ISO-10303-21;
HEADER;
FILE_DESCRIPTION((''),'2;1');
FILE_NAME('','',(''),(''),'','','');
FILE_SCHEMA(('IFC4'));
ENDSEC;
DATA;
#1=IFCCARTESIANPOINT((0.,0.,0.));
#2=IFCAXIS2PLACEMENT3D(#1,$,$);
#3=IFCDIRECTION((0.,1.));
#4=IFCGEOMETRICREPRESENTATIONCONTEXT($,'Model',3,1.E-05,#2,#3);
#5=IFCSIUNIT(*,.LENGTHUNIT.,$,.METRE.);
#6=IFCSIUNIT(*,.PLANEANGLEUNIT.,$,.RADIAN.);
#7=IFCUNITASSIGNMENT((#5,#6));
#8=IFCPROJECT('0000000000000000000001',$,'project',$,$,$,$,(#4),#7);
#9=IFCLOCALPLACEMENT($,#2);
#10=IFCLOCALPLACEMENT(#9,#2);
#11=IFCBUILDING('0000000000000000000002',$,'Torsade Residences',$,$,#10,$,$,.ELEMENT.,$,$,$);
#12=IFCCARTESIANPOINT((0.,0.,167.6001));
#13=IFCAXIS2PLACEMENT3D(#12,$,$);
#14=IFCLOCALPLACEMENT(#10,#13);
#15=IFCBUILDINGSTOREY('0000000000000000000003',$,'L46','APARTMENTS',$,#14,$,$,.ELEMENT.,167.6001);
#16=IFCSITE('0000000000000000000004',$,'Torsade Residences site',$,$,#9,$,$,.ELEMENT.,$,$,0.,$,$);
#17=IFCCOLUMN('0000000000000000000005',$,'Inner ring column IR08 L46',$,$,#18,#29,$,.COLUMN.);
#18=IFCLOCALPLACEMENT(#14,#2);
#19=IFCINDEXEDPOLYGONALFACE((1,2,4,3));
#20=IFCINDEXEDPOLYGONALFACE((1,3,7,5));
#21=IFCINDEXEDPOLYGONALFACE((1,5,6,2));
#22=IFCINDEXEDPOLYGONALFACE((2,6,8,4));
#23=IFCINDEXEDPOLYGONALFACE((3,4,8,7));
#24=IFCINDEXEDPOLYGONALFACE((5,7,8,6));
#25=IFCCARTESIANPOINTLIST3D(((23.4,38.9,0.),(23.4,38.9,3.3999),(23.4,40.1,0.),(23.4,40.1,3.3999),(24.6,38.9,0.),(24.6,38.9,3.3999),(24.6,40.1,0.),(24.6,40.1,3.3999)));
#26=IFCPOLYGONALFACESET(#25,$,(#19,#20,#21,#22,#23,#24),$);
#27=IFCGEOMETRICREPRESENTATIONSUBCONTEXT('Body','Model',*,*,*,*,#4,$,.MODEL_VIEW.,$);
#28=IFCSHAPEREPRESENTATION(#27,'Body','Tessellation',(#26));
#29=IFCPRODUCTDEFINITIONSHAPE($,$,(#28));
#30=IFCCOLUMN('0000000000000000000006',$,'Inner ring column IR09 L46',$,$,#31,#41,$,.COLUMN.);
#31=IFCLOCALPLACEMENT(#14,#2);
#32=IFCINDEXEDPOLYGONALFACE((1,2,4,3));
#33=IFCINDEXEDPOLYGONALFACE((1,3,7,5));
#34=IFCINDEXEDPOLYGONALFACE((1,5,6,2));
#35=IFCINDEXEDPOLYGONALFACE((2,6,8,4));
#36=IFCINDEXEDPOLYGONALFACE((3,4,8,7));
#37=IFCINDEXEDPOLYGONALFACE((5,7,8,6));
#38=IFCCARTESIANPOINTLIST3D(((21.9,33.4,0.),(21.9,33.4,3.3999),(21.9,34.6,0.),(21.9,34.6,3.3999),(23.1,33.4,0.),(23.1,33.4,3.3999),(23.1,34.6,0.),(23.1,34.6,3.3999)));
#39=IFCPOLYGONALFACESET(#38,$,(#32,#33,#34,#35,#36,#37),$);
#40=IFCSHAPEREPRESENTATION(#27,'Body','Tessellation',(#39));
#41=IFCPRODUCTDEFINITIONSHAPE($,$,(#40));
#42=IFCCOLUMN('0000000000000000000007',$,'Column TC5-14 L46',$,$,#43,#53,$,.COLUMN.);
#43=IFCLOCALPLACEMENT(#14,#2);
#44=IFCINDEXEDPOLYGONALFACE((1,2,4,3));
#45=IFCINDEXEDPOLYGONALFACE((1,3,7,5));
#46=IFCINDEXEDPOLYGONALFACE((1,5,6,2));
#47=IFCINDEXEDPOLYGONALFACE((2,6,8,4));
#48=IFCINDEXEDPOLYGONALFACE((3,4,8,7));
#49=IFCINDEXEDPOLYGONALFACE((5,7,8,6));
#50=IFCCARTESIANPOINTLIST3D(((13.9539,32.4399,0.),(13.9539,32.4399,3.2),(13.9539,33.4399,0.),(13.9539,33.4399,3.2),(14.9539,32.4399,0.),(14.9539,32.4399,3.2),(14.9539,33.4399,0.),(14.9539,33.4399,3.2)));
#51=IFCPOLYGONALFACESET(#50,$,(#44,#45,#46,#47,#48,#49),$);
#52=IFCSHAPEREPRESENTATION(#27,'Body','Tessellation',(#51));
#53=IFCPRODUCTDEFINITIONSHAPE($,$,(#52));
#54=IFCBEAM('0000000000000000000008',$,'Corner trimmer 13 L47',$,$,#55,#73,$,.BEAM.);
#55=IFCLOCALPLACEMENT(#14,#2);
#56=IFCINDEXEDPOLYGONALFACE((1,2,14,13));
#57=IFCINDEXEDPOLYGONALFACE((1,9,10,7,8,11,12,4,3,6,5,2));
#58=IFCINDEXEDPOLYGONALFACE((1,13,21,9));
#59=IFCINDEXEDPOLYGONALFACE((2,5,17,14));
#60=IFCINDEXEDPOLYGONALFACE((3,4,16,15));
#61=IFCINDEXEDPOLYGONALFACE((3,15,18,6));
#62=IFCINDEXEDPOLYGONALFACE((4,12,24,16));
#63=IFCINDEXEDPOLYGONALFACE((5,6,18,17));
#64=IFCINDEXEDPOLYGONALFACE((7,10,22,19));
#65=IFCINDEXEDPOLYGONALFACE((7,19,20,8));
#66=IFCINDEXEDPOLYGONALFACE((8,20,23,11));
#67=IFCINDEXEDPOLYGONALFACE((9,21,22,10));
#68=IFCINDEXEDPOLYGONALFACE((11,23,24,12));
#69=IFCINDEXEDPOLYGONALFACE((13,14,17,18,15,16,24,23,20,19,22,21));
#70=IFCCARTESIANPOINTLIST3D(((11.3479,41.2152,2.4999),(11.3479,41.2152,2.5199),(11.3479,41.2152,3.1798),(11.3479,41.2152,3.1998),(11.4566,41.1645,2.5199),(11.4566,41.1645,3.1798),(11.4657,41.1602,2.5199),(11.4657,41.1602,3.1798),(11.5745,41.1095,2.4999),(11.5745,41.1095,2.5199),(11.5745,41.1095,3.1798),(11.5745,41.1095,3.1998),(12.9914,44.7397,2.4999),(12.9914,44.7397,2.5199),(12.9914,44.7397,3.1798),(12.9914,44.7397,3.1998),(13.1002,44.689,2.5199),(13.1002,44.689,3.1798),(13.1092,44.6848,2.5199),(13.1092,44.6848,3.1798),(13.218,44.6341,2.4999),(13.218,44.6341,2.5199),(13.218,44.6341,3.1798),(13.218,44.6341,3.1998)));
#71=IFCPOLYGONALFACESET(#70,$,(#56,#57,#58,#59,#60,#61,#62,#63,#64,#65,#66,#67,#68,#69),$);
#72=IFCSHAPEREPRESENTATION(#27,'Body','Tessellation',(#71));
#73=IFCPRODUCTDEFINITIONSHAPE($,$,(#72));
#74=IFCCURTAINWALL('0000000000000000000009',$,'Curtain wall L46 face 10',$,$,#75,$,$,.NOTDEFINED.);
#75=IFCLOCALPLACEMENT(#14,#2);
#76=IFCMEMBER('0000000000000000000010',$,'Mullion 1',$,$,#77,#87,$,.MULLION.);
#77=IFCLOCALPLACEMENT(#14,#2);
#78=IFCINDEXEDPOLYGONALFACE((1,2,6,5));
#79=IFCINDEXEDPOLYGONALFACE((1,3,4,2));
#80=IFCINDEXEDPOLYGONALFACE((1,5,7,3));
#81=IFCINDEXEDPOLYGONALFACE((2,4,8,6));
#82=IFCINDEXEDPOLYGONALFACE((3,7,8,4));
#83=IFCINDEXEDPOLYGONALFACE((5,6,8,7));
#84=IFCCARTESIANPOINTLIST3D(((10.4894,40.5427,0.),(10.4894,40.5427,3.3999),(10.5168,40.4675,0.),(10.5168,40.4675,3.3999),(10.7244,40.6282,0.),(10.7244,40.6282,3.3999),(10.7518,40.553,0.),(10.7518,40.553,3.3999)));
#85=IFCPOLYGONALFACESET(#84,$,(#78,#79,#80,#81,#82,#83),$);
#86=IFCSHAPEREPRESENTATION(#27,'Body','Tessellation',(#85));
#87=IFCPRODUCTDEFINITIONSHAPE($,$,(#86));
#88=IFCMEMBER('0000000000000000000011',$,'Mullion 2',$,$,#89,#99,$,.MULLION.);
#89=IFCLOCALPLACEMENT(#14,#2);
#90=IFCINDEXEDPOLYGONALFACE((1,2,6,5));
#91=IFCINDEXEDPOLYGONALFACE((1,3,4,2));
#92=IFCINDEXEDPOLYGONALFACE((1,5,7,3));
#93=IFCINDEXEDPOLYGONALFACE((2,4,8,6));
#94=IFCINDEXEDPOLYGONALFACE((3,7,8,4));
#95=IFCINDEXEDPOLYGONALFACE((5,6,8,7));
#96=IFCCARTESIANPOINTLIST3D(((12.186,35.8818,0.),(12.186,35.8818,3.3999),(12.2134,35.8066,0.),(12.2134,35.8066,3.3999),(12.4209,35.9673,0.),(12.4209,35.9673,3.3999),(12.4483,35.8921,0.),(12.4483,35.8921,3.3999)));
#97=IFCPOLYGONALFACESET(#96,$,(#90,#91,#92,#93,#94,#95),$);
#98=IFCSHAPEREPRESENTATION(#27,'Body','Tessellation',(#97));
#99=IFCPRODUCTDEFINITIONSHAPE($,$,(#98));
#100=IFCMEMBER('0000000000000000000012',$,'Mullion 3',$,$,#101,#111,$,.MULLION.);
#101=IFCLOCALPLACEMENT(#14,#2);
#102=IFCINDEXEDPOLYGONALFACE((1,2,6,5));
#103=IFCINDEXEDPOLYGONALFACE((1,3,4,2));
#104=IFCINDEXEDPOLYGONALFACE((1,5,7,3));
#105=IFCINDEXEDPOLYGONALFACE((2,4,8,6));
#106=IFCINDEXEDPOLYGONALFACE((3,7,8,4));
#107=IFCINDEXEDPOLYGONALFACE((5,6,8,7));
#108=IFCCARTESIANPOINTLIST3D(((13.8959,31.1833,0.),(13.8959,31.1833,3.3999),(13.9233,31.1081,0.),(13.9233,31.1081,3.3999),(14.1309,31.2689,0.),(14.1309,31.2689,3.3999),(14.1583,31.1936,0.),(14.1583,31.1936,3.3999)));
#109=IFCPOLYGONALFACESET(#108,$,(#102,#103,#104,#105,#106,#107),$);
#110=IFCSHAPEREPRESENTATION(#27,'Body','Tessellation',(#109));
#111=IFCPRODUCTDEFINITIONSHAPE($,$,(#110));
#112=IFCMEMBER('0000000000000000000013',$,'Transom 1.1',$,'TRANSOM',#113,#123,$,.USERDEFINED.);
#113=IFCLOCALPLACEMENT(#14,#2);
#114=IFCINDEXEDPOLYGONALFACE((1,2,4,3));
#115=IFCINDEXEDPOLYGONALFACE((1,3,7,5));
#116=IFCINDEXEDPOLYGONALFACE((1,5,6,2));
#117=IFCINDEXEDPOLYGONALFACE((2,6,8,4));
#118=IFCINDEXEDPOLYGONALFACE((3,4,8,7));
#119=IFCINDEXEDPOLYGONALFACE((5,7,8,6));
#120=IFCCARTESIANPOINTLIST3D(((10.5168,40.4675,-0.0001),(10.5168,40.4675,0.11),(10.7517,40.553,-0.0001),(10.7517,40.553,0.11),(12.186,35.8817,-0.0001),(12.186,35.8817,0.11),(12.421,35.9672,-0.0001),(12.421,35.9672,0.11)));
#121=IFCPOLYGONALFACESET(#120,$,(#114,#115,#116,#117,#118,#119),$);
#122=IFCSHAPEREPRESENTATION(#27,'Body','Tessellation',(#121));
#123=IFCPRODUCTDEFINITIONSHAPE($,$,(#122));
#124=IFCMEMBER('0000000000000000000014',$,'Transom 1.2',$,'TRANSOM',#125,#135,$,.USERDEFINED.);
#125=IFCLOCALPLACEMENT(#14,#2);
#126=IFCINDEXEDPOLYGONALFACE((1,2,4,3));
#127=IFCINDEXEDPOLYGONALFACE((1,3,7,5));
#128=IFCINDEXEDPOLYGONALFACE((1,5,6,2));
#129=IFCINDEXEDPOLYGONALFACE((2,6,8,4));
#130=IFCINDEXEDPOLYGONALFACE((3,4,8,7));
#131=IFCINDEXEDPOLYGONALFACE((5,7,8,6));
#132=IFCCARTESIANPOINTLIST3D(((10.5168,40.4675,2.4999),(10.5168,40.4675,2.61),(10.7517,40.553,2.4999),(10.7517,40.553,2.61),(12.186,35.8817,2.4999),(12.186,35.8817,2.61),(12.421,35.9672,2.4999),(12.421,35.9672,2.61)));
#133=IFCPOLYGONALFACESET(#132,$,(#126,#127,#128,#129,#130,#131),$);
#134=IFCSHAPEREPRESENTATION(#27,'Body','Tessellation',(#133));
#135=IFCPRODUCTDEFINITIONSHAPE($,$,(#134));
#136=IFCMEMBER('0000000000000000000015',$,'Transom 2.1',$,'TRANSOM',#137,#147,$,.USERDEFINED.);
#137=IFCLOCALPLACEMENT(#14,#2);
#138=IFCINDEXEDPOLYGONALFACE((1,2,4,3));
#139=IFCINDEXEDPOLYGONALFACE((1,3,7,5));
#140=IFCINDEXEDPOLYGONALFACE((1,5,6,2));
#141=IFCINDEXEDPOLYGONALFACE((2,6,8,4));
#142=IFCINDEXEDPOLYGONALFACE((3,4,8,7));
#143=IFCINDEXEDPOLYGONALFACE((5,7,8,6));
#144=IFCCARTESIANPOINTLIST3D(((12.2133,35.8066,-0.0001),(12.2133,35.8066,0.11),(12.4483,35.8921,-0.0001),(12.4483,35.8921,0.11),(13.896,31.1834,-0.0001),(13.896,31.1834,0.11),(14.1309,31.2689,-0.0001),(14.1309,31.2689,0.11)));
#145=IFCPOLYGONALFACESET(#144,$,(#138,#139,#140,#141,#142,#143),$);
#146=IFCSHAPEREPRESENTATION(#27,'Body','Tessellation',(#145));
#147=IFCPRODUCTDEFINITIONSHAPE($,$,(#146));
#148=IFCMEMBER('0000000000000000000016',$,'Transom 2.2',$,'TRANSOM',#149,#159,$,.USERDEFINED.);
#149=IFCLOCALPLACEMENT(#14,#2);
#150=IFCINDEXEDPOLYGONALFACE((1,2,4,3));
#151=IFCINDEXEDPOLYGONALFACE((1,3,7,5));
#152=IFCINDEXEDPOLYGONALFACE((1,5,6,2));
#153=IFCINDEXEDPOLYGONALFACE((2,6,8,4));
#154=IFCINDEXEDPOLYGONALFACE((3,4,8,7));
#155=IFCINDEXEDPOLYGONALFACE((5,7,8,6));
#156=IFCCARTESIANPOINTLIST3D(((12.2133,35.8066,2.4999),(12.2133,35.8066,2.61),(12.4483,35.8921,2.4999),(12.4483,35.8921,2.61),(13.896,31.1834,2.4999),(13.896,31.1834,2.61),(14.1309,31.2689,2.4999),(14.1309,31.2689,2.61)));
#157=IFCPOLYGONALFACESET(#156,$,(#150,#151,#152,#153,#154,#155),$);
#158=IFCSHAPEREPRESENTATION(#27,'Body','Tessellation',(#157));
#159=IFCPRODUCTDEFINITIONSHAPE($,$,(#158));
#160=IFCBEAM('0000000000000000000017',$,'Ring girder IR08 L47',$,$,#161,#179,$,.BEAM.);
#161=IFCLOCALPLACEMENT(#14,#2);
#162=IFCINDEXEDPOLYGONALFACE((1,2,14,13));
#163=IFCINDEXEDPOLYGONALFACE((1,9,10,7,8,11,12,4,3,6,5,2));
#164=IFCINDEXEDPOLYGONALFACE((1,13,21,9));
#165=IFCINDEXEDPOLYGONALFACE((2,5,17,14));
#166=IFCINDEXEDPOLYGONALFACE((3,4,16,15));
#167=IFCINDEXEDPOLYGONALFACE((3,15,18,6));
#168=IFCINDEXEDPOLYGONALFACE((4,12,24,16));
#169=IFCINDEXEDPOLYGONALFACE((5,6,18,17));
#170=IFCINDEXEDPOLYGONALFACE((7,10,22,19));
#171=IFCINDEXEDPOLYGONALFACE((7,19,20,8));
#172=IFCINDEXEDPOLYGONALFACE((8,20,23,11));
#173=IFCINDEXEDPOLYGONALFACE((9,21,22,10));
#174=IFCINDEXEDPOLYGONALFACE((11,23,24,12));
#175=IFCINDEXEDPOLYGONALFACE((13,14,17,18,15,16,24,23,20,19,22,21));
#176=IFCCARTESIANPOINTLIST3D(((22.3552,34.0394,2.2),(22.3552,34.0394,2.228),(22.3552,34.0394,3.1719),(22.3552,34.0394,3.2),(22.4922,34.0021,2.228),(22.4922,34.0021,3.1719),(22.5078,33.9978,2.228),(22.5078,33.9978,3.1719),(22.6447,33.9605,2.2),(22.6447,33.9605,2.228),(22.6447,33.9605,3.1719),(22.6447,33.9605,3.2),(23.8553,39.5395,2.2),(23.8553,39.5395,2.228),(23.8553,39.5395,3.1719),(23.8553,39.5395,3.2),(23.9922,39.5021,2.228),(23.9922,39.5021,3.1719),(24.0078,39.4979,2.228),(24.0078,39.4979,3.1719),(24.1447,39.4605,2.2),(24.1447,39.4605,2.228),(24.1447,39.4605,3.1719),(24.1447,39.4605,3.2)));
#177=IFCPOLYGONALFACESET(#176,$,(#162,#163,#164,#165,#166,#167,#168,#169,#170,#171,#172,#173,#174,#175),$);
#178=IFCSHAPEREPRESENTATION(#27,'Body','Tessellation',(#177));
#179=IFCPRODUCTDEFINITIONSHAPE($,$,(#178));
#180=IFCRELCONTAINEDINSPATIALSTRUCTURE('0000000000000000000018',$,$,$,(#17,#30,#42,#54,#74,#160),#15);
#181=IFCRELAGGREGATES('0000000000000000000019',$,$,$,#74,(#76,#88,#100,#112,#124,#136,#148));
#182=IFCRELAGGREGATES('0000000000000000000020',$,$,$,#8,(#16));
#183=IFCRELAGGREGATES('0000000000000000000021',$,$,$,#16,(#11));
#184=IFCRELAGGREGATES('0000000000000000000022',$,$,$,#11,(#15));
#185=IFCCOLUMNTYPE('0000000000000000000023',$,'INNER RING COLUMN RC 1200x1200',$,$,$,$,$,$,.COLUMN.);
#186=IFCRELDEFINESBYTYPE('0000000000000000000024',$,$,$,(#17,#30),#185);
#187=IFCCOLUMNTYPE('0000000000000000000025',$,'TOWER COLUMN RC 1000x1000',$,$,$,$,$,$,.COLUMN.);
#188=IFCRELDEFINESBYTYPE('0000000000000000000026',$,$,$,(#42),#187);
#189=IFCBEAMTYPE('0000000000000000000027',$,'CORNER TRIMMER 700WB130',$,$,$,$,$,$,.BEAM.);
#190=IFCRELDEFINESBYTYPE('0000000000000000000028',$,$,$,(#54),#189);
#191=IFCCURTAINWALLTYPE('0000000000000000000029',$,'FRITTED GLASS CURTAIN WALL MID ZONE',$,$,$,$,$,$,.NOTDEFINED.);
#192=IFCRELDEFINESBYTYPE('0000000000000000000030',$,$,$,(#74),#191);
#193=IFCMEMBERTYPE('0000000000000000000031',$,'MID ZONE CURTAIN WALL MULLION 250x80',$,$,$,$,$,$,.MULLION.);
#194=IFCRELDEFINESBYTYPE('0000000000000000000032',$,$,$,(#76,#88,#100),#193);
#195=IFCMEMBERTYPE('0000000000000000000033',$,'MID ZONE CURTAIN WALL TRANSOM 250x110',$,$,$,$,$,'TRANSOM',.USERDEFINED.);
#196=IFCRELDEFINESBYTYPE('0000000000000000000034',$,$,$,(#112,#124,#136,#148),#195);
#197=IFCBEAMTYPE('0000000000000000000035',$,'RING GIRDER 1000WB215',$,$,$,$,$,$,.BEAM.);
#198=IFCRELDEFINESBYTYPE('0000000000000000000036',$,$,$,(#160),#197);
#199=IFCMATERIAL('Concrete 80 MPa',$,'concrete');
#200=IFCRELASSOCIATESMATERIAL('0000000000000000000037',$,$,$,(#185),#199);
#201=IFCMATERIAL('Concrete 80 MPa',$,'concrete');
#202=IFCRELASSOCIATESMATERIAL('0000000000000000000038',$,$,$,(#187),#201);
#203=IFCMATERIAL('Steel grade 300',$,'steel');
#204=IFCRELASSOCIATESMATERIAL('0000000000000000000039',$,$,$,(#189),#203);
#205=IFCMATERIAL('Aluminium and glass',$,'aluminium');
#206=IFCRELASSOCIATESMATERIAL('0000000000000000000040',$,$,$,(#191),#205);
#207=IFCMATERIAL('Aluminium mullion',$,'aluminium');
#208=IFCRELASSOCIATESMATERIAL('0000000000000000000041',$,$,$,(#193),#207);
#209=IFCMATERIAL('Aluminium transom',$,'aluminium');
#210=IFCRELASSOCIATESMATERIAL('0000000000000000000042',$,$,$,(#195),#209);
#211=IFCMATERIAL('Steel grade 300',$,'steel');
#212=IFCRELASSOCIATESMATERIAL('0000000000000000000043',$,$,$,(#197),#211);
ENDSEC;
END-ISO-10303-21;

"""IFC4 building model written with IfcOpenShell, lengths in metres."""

from ifc_helpers import new_model, si_unit, direction, frame, origin, origin_2d, place, context, subcontext, project, spatial, rectangle, i_section, extrude, material, material_profile, profile_set, type_object, element, aggregate, save


model = new_model("IFC4")

# Units and contexts
model_context = context("Model", 3, precision=1e-05, world=origin(), true_north=direction((0.0, 1.0)))
body_context = subcontext(model_context, "Body", "Model", "MODEL_VIEW")
ifc_project = project(units=[si_unit("LENGTHUNIT", "METRE"), si_unit("PLANEANGLEUNIT", "RADIAN")], contexts=[model_context])

# Site, building, storey
site_placement = place(None, origin())
site = spatial("IfcSite", under=ifc_project, at=site_placement, Name="Torsade Residences site", CompositionType="ELEMENT", RefElevation=0.0)
building_placement = place(site_placement, origin())
building = spatial("IfcBuilding", under=site, at=building_placement, Name="Torsade Residences", CompositionType="ELEMENT")
storey_placement = place(building_placement, frame((0.0, 0.0, 167.6001)))
storey = spatial("IfcBuildingStorey", under=building, at=storey_placement, Name="L46", Description="APARTMENTS", CompositionType="ELEMENT", Elevation=167.6001)

# Columns
ifc_material_1 = material(Name="Concrete 80 MPa", Category="concrete")
ifc_material_profile_1 = material_profile(ifc_material_1, rectangle(XDim=1.2, YDim=1.2, at=origin_2d()), Name="RC 1200x1200")
ifc_profile_set_1 = profile_set([ifc_material_profile_1], Name="Concrete 80 MPa")
column_type_1 = type_object("IfcColumnType", Name="INNER RING COLUMN RC 1200x1200", PredefinedType="COLUMN", material=ifc_profile_set_1)
for number, where, z_axis, x_axis, name in (
    (1, (24.0, 39.5, 0.0), (0.0, 0.0, 1.0), (1.0, 0.0, 0.0), "Inner ring column IR08 L46"),
    (2, (22.5, 34.0, 0.0), (0.0, 0.0, 1.0), (1.0, 0.0, 0.0), "Inner ring column IR09 L46"),
):
    element("IfcColumn", number, at=place(storey_placement, frame(where, z_axis=z_axis, x_axis=x_axis)), inside=storey, type_object=column_type_1, Name=name, PredefinedType="COLUMN", context=body_context, shape_type="SweptSolid", body=[
        extrude(rectangle(XDim=1.2, YDim=1.2, at=origin_2d()), origin(), (0.0, 0.0, 1.0), 3.3999),
    ])
ifc_material_2 = material(Name="Concrete 80 MPa", Category="concrete")
ifc_material_profile_2 = material_profile(ifc_material_2, rectangle(XDim=1.0, YDim=1.0, at=origin_2d()), Name="RC 1000x1000")
ifc_profile_set_2 = profile_set([ifc_material_profile_2], Name="Concrete 80 MPa")
column_type_2 = type_object("IfcColumnType", Name="TOWER COLUMN RC 1000x1000", PredefinedType="COLUMN", material=ifc_profile_set_2)
column_placement = place(storey_placement, frame((14.4539, 32.9399, 0.0), z_axis=(0.0, 0.0, 1.0), x_axis=(1.0, 0.0, 0.0)))
element("IfcColumn", 3, at=column_placement, inside=storey, type_object=column_type_2, Name="Column TC5-14 L46", PredefinedType="COLUMN", context=body_context, shape_type="SweptSolid", body=[
    extrude(rectangle(XDim=1.0, YDim=1.0, at=origin_2d()), origin(), (0.0, 0.0, 1.0), 3.2),
])

# Beam
ifc_material_3 = material(Name="Steel grade 300", Category="steel")
ifc_material_profile_3 = material_profile(ifc_material_3, i_section(OverallWidth=0.25, OverallDepth=0.7, WebThickness=0.01, FlangeThickness=0.02, at=origin_2d()), Name="700WB130")
ifc_profile_set_3 = profile_set([ifc_material_profile_3], Name="Steel grade 300")
beam_type_1 = type_object("IfcBeamType", Name="CORNER TRIMMER 700WB130", PredefinedType="BEAM", material=ifc_profile_set_3)
beam_1_placement = place(storey_placement, frame((11.4612, 41.1624, 2.8499), z_axis=(0.422614, 0.90631, 0.0), x_axis=(-0.90631, 0.422614, 0.0)))
element("IfcBeam", 4, at=beam_1_placement, inside=storey, type_object=beam_type_1, Name="Corner trimmer 13 L47", PredefinedType="BEAM", context=body_context, shape_type="SweptSolid", body=[
    extrude(i_section(OverallWidth=0.25, OverallDepth=0.7, WebThickness=0.01, FlangeThickness=0.02, at=origin_2d()), origin(), (0.0, 0.0, 1.0), 3.8889),
])

# Curtain wall, members
ifc_material_4 = material(Name="Aluminium and glass", Category="aluminium")
curtain_wall_type = type_object("IfcCurtainWallType", Name="FRITTED GLASS CURTAIN WALL MID ZONE", PredefinedType="NOTDEFINED", material=ifc_material_4)
curtain_wall_placement = place(storey_placement, origin())
curtain_wall = element("IfcCurtainWall", 5, at=curtain_wall_placement, inside=storey, type_object=curtain_wall_type, Name="Curtain wall L46 face 10", PredefinedType="NOTDEFINED")
ifc_material_5 = material(Name="Aluminium mullion", Category="aluminium")
ifc_material_profile_4 = material_profile(ifc_material_5, rectangle(XDim=0.25, YDim=0.0801, at=origin_2d()), Name="MID ZONE CURTAIN WALL MULLION 250x80")
ifc_profile_set_4 = profile_set([ifc_material_profile_4], Name="Aluminium mullion")
member_type_1 = type_object("IfcMemberType", Name="MID ZONE CURTAIN WALL MULLION 250x80", PredefinedType="MULLION", material=ifc_profile_set_4)
member_1_placement = place(storey_placement, frame((10.6206, 40.5479, 0.0), z_axis=(0.0, 0.0, 1.0), x_axis=(0.939693, 0.34202, 0.0)))
member_1 = element("IfcMember", 6, at=member_1_placement, type_object=member_type_1, Name="Mullion 1", PredefinedType="MULLION", context=body_context, shape_type="SweptSolid", body=[
    extrude(rectangle(XDim=0.25, YDim=0.0801, at=origin_2d()), origin(), (0.0, 0.0, 1.0), 3.3999),
])
member_2_placement = place(storey_placement, frame((12.3171, 35.887, 0.0), z_axis=(0.0, 0.0, 1.0), x_axis=(0.939693, 0.34202, 0.0)))
member_2 = element("IfcMember", 7, at=member_2_placement, type_object=member_type_1, Name="Mullion 2", PredefinedType="MULLION", context=body_context, shape_type="SweptSolid", body=[
    extrude(rectangle(XDim=0.25, YDim=0.0801, at=origin_2d()), origin(), (0.0, 0.0, 1.0), 3.3999),
])
member_3_placement = place(storey_placement, frame((14.0271, 31.1885, 0.0), z_axis=(0.0, 0.0, 1.0), x_axis=(0.939693, 0.34202, 0.0)))
member_3 = element("IfcMember", 8, at=member_3_placement, type_object=member_type_1, Name="Mullion 3", PredefinedType="MULLION", context=body_context, shape_type="SweptSolid", body=[
    extrude(rectangle(XDim=0.25, YDim=0.0801, at=origin_2d()), origin(), (0.0, 0.0, 1.0), 3.3999),
])
ifc_material_6 = material(Name="Aluminium transom", Category="aluminium")
ifc_material_profile_5 = material_profile(ifc_material_6, rectangle(XDim=0.25, YDim=0.1101, at=origin_2d()), Name="MID ZONE CURTAIN WALL TRANSOM 250x110")
ifc_profile_set_5 = profile_set([ifc_material_profile_5], Name="Aluminium transom")
member_type_2 = type_object("IfcMemberType", Name="MID ZONE CURTAIN WALL TRANSOM 250x110", ElementType="TRANSOM", PredefinedType="USERDEFINED", material=ifc_profile_set_5)
member_4_placement = place(storey_placement, frame((10.6343, 40.5103, 0.0549), z_axis=(0.342044, -0.939684, 0.0), x_axis=(0.939684, 0.342044, 0.0)))
member_4 = element("IfcMember", 9, at=member_4_placement, type_object=member_type_2, Name="Transom 1.1", ObjectType="TRANSOM", PredefinedType="USERDEFINED", context=body_context, shape_type="SweptSolid", body=[
    extrude(rectangle(XDim=0.25, YDim=0.1101, at=origin_2d()), origin(), (0.0, 0.0, 1.0), 4.8801),
])
member_5_placement = place(storey_placement, frame((10.6343, 40.5103, 2.5549), z_axis=(0.342044, -0.939684, 0.0), x_axis=(0.939684, 0.342044, 0.0)))
member_5 = element("IfcMember", 10, at=member_5_placement, type_object=member_type_2, Name="Transom 1.2", ObjectType="TRANSOM", PredefinedType="USERDEFINED", context=body_context, shape_type="SweptSolid", body=[
    extrude(rectangle(XDim=0.25, YDim=0.1101, at=origin_2d()), origin(), (0.0, 0.0, 1.0), 4.8801),
])
member_6_placement = place(storey_placement, frame((12.3308, 35.8494, 0.0549), z_axis=(0.341998, -0.939701, 0.0), x_axis=(0.939701, 0.341998, 0.0)))
member_6 = element("IfcMember", 11, at=member_6_placement, type_object=member_type_2, Name="Transom 2.1", ObjectType="TRANSOM", PredefinedType="USERDEFINED", context=body_context, shape_type="SweptSolid", body=[
    extrude(rectangle(XDim=0.25, YDim=0.1101, at=origin_2d()), origin(), (0.0, 0.0, 1.0), 4.9199),
])
member_7_placement = place(storey_placement, frame((12.3308, 35.8494, 2.5549), z_axis=(0.341998, -0.939701, 0.0), x_axis=(0.939701, 0.341998, 0.0)))
member_7 = element("IfcMember", 12, at=member_7_placement, type_object=member_type_2, Name="Transom 2.2", ObjectType="TRANSOM", PredefinedType="USERDEFINED", context=body_context, shape_type="SweptSolid", body=[
    extrude(rectangle(XDim=0.25, YDim=0.1101, at=origin_2d()), origin(), (0.0, 0.0, 1.0), 4.9199),
])

# Beam
ifc_material_7 = material(Name="Steel grade 300", Category="steel")
ifc_material_profile_6 = material_profile(ifc_material_7, i_section(OverallWidth=0.3, OverallDepth=1.0, WebThickness=0.0161, FlangeThickness=0.0281, at=origin_2d()), Name="1000WB215")
ifc_profile_set_6 = profile_set([ifc_material_profile_6], Name="Steel grade 300")
beam_type_2 = type_object("IfcBeamType", Name="RING GIRDER 1000WB215", PredefinedType="BEAM", material=ifc_profile_set_6)
beam_2_placement = place(storey_placement, frame((24.0, 39.5, 2.7), z_axis=(-0.263117, -0.964764, 0.0), x_axis=(0.964764, -0.263117, 0.0)))
element("IfcBeam", 13, at=beam_2_placement, inside=storey, type_object=beam_type_2, Name="Ring girder IR08 L47", PredefinedType="BEAM", context=body_context, shape_type="SweptSolid", body=[
    extrude(i_section(OverallWidth=0.3, OverallDepth=1.0, WebThickness=0.0161, FlangeThickness=0.0281, at=origin_2d()), origin(), (0.0, 0.0, 1.0), 5.7009),
])

aggregate(curtain_wall, [member_1, member_2, member_3, member_4, member_5, member_6, member_7])

save(model, "model.ifc")
